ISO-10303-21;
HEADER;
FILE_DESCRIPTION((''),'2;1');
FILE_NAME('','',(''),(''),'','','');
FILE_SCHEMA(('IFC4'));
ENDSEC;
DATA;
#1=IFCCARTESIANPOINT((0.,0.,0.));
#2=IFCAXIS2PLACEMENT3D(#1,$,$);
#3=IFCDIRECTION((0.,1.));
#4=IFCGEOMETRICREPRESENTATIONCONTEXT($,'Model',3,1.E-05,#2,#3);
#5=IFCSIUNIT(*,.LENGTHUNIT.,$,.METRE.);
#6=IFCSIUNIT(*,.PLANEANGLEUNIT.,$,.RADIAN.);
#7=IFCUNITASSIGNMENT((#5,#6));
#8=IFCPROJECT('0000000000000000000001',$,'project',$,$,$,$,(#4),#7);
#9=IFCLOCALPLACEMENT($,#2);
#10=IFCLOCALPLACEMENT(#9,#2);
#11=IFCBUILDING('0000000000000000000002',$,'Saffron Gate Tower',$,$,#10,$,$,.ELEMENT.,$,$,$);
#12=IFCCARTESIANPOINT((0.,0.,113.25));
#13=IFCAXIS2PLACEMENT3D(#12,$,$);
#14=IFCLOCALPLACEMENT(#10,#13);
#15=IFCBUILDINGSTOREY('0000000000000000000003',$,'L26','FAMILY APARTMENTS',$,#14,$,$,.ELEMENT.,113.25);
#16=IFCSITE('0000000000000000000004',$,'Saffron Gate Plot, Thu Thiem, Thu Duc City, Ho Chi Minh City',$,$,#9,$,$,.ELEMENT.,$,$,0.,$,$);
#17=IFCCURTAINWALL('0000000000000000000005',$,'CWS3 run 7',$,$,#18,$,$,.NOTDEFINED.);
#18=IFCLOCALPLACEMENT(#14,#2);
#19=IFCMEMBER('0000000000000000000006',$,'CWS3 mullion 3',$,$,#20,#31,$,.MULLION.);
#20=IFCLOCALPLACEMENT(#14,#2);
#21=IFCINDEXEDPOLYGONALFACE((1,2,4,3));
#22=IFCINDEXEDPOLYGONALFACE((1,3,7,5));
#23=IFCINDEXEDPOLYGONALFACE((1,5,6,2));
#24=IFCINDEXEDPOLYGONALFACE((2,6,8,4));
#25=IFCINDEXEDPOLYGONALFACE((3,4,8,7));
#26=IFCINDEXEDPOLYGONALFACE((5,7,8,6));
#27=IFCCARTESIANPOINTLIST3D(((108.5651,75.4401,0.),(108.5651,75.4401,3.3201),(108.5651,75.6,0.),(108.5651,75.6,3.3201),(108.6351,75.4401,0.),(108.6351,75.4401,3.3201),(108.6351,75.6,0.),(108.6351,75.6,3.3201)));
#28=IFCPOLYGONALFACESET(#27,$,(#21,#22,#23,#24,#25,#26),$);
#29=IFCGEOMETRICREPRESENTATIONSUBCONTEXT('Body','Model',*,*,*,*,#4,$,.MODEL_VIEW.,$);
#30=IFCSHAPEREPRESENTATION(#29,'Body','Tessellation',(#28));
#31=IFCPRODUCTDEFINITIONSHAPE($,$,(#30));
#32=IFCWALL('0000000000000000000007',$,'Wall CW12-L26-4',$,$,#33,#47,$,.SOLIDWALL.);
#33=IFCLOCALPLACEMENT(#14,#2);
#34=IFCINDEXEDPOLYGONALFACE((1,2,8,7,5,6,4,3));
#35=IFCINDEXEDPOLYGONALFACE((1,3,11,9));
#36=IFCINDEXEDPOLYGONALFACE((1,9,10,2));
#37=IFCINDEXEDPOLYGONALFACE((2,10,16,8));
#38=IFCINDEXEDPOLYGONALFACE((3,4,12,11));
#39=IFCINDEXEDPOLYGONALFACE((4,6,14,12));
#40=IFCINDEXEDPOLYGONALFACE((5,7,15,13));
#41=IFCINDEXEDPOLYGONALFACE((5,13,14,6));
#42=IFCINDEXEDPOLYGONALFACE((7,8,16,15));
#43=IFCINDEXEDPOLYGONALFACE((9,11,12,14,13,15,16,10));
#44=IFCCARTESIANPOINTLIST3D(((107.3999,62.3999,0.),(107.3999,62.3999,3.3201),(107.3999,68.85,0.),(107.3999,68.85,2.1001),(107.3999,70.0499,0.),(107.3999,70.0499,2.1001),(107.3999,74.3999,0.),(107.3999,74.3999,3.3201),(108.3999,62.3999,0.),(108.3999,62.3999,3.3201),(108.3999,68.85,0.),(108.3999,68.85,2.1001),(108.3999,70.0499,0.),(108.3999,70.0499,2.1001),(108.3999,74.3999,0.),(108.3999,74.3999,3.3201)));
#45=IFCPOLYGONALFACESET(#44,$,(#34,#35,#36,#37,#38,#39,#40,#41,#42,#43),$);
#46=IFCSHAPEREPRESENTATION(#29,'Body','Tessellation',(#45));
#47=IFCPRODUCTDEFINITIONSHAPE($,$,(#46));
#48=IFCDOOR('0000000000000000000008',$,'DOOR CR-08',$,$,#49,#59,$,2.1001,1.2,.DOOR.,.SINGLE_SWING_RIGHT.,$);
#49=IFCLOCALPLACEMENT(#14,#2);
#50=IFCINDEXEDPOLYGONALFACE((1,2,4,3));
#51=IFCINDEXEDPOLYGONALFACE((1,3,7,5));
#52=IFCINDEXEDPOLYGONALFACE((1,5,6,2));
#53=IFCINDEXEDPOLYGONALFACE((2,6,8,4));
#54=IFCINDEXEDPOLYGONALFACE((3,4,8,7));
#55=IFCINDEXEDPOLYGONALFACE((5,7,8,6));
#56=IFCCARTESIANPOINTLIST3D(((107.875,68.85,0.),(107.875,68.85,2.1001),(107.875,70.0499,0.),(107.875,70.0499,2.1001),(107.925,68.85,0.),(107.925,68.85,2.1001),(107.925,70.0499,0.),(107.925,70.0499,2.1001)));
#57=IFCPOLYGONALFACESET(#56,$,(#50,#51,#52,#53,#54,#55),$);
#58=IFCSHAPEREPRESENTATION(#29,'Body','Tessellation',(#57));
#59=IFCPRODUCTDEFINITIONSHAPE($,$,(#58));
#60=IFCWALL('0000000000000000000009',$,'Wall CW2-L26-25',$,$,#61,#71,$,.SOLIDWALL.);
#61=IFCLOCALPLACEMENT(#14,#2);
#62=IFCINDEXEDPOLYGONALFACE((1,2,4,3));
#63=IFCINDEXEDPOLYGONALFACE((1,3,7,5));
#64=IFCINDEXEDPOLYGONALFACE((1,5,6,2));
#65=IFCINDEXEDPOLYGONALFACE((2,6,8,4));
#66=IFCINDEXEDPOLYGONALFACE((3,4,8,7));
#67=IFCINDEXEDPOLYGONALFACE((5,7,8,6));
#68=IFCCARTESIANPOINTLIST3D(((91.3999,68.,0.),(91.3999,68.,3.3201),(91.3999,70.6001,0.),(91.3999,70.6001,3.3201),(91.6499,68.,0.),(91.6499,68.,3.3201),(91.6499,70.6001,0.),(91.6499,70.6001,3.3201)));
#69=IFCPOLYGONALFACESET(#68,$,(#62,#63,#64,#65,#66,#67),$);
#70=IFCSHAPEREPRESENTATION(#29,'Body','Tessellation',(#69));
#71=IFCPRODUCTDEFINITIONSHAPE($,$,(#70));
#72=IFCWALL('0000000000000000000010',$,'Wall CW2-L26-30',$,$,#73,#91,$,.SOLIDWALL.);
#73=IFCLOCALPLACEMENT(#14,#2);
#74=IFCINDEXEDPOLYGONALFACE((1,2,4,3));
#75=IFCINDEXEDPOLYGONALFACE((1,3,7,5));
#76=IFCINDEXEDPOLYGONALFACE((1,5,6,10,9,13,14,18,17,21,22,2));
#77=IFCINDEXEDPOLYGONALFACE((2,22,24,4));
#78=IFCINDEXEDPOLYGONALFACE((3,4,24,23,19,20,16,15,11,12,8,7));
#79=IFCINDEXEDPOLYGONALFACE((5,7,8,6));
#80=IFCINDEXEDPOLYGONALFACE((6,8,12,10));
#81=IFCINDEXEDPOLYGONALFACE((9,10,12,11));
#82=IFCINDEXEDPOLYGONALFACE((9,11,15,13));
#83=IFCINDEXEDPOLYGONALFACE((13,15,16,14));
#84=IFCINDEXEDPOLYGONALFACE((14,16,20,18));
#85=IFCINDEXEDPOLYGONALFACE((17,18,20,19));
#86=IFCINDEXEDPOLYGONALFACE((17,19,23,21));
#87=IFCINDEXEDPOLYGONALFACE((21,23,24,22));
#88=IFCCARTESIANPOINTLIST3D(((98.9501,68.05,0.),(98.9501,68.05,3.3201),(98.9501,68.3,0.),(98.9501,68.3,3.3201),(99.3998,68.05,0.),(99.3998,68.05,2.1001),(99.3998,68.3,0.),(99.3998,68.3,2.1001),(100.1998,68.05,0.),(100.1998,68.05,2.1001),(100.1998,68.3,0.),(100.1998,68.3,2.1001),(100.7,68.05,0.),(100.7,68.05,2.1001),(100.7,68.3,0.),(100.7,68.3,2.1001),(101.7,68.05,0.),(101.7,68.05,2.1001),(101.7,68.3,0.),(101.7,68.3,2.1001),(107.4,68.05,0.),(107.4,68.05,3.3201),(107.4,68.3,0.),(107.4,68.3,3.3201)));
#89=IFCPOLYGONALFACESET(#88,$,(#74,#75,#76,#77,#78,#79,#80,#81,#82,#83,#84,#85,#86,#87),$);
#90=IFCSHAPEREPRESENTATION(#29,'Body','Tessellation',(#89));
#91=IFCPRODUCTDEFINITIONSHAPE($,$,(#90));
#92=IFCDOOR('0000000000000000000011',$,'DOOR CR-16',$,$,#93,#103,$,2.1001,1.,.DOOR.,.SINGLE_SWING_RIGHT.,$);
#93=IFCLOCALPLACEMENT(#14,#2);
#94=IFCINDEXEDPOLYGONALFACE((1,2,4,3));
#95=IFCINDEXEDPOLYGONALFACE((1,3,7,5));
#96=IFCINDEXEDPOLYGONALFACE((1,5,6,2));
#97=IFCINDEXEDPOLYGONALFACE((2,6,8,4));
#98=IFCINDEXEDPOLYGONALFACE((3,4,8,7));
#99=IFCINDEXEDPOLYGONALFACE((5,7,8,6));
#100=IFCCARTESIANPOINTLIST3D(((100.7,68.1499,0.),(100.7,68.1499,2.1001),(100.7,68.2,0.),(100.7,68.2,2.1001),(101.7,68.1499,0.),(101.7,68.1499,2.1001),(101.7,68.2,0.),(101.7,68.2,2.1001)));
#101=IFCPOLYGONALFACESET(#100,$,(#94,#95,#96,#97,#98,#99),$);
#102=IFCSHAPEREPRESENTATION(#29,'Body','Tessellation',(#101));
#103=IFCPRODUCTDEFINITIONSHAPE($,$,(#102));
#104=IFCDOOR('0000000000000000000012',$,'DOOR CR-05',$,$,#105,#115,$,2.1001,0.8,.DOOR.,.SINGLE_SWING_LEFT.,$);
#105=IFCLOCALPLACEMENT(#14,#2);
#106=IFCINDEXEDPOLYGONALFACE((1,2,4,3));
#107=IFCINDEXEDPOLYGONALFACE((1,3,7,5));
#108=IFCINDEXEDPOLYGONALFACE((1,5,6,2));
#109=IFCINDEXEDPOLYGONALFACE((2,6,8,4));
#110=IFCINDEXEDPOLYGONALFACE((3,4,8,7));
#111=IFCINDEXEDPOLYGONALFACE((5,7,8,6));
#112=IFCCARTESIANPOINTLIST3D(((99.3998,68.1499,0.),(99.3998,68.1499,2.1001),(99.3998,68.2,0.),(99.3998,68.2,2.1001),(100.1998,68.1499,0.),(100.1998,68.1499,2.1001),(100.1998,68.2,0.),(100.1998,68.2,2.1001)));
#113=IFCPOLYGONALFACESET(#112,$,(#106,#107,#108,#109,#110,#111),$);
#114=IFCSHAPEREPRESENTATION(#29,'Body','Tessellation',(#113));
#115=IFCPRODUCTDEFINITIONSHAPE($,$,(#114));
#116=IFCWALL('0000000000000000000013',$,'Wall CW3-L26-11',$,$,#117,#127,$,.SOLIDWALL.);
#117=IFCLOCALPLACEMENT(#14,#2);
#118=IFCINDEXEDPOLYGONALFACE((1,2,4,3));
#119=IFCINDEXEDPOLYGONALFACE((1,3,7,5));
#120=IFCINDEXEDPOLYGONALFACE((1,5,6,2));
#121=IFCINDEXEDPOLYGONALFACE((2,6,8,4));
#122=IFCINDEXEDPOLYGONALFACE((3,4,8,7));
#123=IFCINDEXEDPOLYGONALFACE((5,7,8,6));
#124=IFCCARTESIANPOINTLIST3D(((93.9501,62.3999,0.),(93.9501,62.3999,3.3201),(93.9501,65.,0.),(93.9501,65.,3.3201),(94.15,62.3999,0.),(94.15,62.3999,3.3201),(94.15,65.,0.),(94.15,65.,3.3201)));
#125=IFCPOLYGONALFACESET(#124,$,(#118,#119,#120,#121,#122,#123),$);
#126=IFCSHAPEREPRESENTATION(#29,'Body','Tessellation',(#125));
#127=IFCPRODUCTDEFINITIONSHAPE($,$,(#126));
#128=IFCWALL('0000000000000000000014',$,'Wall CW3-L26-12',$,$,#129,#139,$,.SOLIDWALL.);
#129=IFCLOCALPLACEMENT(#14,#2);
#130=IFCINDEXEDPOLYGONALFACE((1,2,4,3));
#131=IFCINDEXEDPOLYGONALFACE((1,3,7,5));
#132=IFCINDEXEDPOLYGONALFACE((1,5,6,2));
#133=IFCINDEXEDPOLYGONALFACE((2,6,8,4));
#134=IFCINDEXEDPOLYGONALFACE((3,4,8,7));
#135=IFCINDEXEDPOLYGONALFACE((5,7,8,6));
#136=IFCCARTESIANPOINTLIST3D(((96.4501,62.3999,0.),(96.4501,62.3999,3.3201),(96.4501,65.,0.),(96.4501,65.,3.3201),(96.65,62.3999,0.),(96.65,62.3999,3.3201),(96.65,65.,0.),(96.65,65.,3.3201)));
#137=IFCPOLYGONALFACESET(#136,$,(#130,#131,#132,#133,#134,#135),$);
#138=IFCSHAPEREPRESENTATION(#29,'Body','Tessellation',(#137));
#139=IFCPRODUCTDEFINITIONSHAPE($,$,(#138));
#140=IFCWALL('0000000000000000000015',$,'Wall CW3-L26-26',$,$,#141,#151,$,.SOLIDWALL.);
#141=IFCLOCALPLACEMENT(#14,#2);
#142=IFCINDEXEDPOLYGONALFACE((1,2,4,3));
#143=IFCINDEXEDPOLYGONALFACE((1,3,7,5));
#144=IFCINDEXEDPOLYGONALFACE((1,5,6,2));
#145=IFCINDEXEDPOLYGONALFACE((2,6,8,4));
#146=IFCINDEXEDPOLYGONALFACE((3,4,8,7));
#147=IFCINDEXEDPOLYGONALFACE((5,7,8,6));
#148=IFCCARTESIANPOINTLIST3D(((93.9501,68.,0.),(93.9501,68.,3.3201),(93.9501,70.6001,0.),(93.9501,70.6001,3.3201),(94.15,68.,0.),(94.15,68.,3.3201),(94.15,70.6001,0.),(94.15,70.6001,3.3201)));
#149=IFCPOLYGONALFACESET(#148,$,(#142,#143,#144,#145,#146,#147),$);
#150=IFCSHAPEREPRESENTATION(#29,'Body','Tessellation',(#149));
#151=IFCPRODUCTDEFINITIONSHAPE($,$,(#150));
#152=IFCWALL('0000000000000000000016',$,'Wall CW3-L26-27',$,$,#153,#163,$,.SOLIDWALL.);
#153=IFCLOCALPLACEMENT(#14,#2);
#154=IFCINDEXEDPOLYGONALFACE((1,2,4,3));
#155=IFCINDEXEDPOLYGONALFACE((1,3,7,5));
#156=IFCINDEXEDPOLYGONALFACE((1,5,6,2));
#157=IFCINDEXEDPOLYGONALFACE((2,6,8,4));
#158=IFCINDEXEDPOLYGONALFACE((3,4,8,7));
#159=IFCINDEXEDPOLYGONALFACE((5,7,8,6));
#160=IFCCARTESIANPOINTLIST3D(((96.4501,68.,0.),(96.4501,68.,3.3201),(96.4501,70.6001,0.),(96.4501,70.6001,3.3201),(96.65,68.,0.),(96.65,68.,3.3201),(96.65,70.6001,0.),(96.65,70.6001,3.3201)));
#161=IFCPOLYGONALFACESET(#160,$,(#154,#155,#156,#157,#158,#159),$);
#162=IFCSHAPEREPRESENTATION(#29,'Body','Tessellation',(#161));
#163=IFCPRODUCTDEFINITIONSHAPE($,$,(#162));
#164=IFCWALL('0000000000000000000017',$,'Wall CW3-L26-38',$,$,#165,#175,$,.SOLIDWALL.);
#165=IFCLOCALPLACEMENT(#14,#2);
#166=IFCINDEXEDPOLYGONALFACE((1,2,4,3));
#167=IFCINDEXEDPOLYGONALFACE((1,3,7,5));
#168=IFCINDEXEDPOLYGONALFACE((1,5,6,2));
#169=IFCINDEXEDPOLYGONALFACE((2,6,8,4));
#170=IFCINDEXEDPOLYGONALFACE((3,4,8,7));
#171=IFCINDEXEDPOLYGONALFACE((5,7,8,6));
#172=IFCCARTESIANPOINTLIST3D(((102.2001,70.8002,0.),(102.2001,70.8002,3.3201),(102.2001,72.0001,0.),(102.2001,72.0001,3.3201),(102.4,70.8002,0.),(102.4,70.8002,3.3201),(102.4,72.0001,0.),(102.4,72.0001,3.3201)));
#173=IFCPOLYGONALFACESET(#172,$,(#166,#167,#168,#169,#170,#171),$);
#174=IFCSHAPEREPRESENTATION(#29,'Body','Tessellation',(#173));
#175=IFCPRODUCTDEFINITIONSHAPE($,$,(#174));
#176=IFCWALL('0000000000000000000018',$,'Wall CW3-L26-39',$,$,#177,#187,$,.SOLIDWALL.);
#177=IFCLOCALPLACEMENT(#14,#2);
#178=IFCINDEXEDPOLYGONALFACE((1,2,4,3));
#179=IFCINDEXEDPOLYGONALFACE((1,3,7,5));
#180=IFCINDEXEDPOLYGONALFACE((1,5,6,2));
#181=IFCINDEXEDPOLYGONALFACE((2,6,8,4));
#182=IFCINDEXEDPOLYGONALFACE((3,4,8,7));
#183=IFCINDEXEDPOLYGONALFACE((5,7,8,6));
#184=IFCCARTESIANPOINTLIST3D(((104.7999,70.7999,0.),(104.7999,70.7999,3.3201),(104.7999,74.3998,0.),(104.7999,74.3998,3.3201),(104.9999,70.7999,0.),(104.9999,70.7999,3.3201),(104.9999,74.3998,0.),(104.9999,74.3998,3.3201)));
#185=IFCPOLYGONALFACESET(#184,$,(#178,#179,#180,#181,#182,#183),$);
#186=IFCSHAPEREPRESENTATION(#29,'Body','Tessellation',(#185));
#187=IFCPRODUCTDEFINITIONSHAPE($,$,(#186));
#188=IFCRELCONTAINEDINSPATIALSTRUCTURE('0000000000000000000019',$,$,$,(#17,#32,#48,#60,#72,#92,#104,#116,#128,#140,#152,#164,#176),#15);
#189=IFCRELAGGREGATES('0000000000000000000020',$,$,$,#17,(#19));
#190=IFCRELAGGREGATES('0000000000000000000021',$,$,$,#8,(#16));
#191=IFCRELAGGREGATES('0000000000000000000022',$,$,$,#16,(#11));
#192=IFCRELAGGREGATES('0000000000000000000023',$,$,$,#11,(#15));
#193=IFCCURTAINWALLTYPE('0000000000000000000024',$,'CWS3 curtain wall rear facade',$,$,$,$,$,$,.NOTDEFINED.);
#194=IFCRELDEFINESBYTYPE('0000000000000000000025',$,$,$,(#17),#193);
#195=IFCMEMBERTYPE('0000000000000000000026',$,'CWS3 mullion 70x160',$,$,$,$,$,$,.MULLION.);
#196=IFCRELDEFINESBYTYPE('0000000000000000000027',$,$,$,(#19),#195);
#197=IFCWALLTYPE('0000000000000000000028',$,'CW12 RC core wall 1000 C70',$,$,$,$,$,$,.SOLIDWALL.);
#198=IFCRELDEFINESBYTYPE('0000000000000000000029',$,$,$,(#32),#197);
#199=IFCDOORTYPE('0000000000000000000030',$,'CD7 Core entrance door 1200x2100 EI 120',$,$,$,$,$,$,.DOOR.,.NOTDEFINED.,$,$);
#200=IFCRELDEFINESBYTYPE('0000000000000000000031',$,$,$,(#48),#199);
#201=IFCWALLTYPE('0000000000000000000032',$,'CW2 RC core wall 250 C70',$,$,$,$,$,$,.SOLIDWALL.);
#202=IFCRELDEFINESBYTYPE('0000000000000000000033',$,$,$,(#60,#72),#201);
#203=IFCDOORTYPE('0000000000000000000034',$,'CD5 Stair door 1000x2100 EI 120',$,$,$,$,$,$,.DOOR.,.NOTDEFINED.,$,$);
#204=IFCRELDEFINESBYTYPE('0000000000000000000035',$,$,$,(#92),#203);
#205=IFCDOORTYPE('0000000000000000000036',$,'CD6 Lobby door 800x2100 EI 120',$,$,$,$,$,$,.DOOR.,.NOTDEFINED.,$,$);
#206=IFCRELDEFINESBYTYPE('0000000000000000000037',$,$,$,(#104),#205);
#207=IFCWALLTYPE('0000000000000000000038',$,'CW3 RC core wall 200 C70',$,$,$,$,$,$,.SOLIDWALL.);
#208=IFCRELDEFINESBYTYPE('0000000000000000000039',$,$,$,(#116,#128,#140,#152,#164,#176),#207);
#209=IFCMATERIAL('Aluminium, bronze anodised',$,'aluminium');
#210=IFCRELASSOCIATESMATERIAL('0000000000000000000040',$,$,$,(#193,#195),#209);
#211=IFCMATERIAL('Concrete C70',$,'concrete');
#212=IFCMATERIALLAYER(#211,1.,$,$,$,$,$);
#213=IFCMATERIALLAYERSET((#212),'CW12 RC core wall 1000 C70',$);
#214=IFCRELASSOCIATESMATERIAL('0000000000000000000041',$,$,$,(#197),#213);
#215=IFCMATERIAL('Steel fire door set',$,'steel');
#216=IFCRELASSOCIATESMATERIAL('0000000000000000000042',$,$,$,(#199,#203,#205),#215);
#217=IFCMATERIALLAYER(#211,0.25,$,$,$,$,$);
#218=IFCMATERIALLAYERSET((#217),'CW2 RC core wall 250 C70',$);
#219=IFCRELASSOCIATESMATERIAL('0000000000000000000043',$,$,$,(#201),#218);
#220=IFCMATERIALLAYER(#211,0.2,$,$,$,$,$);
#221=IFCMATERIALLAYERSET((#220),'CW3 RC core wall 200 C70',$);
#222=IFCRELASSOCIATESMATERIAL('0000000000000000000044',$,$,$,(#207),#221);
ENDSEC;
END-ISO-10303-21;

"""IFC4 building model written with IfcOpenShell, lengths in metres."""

from ifc_helpers import new_model, si_unit, direction, frame, frame_2d, origin, origin_2d, place, context, subcontext, project, spatial, rectangle, extrude, material, layer, layer_set, material_profile, profile_set, type_object, element, fill, aggregate, save


model = new_model("IFC4")

# Units and contexts
model_context = context("Model", 3, precision=1e-05, world=origin(), true_north=direction((0.0, 1.0)))
body_context = subcontext(model_context, "Body", "Model", "MODEL_VIEW")
ifc_project = project(units=[si_unit("LENGTHUNIT", "METRE"), si_unit("PLANEANGLEUNIT", "RADIAN")], contexts=[model_context])

# Site, building, storey
site_placement = place(None, origin())
site = spatial("IfcSite", under=ifc_project, at=site_placement, Name="Saffron Gate Plot, Thu Thiem, Thu Duc City, Ho Chi Minh City", CompositionType="ELEMENT", RefElevation=0.0)
building_placement = place(site_placement, origin())
building = spatial("IfcBuilding", under=site, at=building_placement, Name="Saffron Gate Tower", CompositionType="ELEMENT")
storey_placement = place(building_placement, frame((0.0, 0.0, 113.25)))
storey = spatial("IfcBuildingStorey", under=building, at=storey_placement, Name="L26", Description="FAMILY APARTMENTS", CompositionType="ELEMENT", Elevation=113.25)

# Curtain wall, member
ifc_material_1 = material(Name="Aluminium, bronze anodised", Category="aluminium")
curtain_wall_type = type_object("IfcCurtainWallType", Name="CWS3 curtain wall rear facade", PredefinedType="NOTDEFINED", material=ifc_material_1)
curtain_wall_placement = place(storey_placement, origin())
curtain_wall = element("IfcCurtainWall", 1, at=curtain_wall_placement, inside=storey, type_object=curtain_wall_type, Name="CWS3 run 7", PredefinedType="NOTDEFINED")
ifc_material_profile = material_profile(ifc_material_1, rectangle(XDim=0.1599, YDim=0.0701, at=origin_2d()))
ifc_profile_set = profile_set([ifc_material_profile], Name="Aluminium, bronze anodised")
member_type = type_object("IfcMemberType", Name="CWS3 mullion 70x160", PredefinedType="MULLION", material=ifc_profile_set)
member_placement = place(storey_placement, frame((108.6001, 75.52, 0.0), z_axis=(0.0, 0.0, 1.0), x_axis=(0.0, -1.0, 0.0)))
member = element("IfcMember", 2, at=member_placement, type_object=member_type, Name="CWS3 mullion 3", PredefinedType="MULLION", context=body_context, shape_type="SweptSolid", body=[
    extrude(rectangle(XDim=0.1599, YDim=0.0701, at=origin_2d()), origin(), (0.0, 0.0, 1.0), 3.3201),
])
aggregate(curtain_wall, [member])

# Wall, opening, door
ifc_material_2 = material(Name="Concrete C70", Category="concrete")
ifc_layer_1 = layer(ifc_material_2, 1.0)
ifc_layer_set_1 = layer_set([ifc_layer_1], Name="CW12 RC core wall 1000 C70")
wall_type_1 = type_object("IfcWallType", Name="CW12 RC core wall 1000 C70", PredefinedType="SOLIDWALL", material=ifc_layer_set_1)
wall_1_placement = place(storey_placement, frame((107.8999, 62.3999, 0.0), z_axis=(0.0, 0.0, 1.0), x_axis=(0.0, 1.0, 0.0)))
wall_1 = element("IfcWall", 3, at=wall_1_placement, inside=storey, type_object=wall_type_1, Name="Wall CW12-L26-4", PredefinedType="SOLIDWALL", context=body_context, shape_type="SweptSolid", body=[
    extrude(rectangle(XDim=12.0, YDim=1.0, at=frame_2d((6.0, 0.0))), origin(), (0.0, 0.0, 1.0), 3.3201),
])
opening_1_placement = place(wall_1_placement, frame((6.45, 0.0, 0.0)))
opening_1 = element("IfcOpeningElement", 4, at=opening_1_placement, cuts=wall_1, PredefinedType="OPENING", context=body_context, shape_type="SweptSolid", body=[
    extrude(rectangle(XDim=1.2, YDim=2.1001, at=frame_2d((0.6001, 1.05))), frame((0.0, 0.51, 0.0), z_axis=(0.0, -1.0, 0.0), x_axis=(1.0, 0.0, 0.0)), (0.0, 0.0, 1.0), 1.02),
])
ifc_material_3 = material(Name="Steel fire door set", Category="steel")
door_type_1 = type_object("IfcDoorType", Name="CD7 Core entrance door 1200x2100 EI 120", OperationType="NOTDEFINED", PredefinedType="DOOR", material=ifc_material_3)
door_1_placement = place(opening_1_placement, origin())
door_1 = element("IfcDoor", 5, at=door_1_placement, inside=storey, type_object=door_type_1, Name="DOOR CR-08", OperationType="SINGLE_SWING_RIGHT", OverallHeight=2.1001, OverallWidth=1.2, PredefinedType="DOOR", context=body_context, shape_type="SweptSolid", body=[
    extrude(rectangle(XDim=1.2, YDim=2.1001, at=frame_2d((0.6001, 1.05))), frame((0.0, 0.0249, 0.0), z_axis=(0.0, -1.0, 0.0), x_axis=(1.0, 0.0, 0.0)), (0.0, 0.0, 1.0), 0.05),
])
fill(opening_1, door_1)

# Wall
ifc_layer_2 = layer(ifc_material_2, 0.25)
ifc_layer_set_2 = layer_set([ifc_layer_2], Name="CW2 RC core wall 250 C70")
wall_type_2 = type_object("IfcWallType", Name="CW2 RC core wall 250 C70", PredefinedType="SOLIDWALL", material=ifc_layer_set_2)
wall_2_placement = place(storey_placement, frame((91.5249, 68.0, 0.0), z_axis=(0.0, 0.0, 1.0), x_axis=(0.0, 1.0, 0.0)))
element("IfcWall", 6, at=wall_2_placement, inside=storey, type_object=wall_type_2, Name="Wall CW2-L26-25", PredefinedType="SOLIDWALL", context=body_context, shape_type="SweptSolid", body=[
    extrude(rectangle(XDim=2.6001, YDim=0.25, at=frame_2d((1.3, 0.0))), origin(), (0.0, 0.0, 1.0), 3.3201),
])

# Wall, openings, doors
wall_3_placement = place(storey_placement, frame((98.95, 68.175, 0.0), z_axis=(0.0, 0.0, 1.0), x_axis=(1.0, 0.0, 0.0)))
wall_3 = element("IfcWall", 7, at=wall_3_placement, inside=storey, type_object=wall_type_2, Name="Wall CW2-L26-30", PredefinedType="SOLIDWALL", context=body_context, shape_type="SweptSolid", body=[
    extrude(rectangle(XDim=8.45, YDim=0.25, at=frame_2d((4.2251, 0.0))), origin(), (0.0, 0.0, 1.0), 3.3201),
])
opening_2_placement = place(wall_3_placement, frame((0.45, 0.0, 0.0)))
opening_2 = element("IfcOpeningElement", 8, at=opening_2_placement, cuts=wall_3, PredefinedType="OPENING", context=body_context, shape_type="SweptSolid", body=[
    extrude(rectangle(XDim=0.8, YDim=2.1001, at=frame_2d((0.3999, 1.05))), frame((0.0, 0.135, 0.0), z_axis=(0.0, -1.0, 0.0), x_axis=(1.0, 0.0, 0.0)), (0.0, 0.0, 1.0), 0.27),
])
opening_3_placement = place(wall_3_placement, frame((1.75, 0.0, 0.0)))
opening_3 = element("IfcOpeningElement", 9, at=opening_3_placement, cuts=wall_3, PredefinedType="OPENING", context=body_context, shape_type="SweptSolid", body=[
    extrude(rectangle(XDim=1.0, YDim=2.1001, at=frame_2d((0.5, 1.05))), frame((0.0, 0.135, 0.0), z_axis=(0.0, -1.0, 0.0), x_axis=(1.0, 0.0, 0.0)), (0.0, 0.0, 1.0), 0.27),
])
door_type_2 = type_object("IfcDoorType", Name="CD5 Stair door 1000x2100 EI 120", OperationType="NOTDEFINED", PredefinedType="DOOR", material=ifc_material_3)
door_2_placement = place(opening_3_placement, origin())
door_2 = element("IfcDoor", 10, at=door_2_placement, inside=storey, type_object=door_type_2, Name="DOOR CR-16", OperationType="SINGLE_SWING_RIGHT", OverallHeight=2.1001, OverallWidth=1.0, PredefinedType="DOOR", context=body_context, shape_type="SweptSolid", body=[
    extrude(rectangle(XDim=1.0, YDim=2.1001, at=frame_2d((0.5, 1.05))), frame((0.0, 0.0249, 0.0), z_axis=(0.0, -1.0, 0.0), x_axis=(1.0, 0.0, 0.0)), (0.0, 0.0, 1.0), 0.05),
])
fill(opening_3, door_2)
door_type_3 = type_object("IfcDoorType", Name="CD6 Lobby door 800x2100 EI 120", OperationType="NOTDEFINED", PredefinedType="DOOR", material=ifc_material_3)
door_3_placement = place(opening_2_placement, origin())
door_3 = element("IfcDoor", 11, at=door_3_placement, inside=storey, type_object=door_type_3, Name="DOOR CR-05", OperationType="SINGLE_SWING_LEFT", OverallHeight=2.1001, OverallWidth=0.8, PredefinedType="DOOR", context=body_context, shape_type="SweptSolid", body=[
    extrude(rectangle(XDim=0.8, YDim=2.1001, at=frame_2d((0.3999, 1.05))), frame((0.0, 0.0249, 0.0), z_axis=(0.0, -1.0, 0.0), x_axis=(1.0, 0.0, 0.0)), (0.0, 0.0, 1.0), 0.05),
])
fill(opening_2, door_3)

# Walls
ifc_layer_3 = layer(ifc_material_2, 0.2)
ifc_layer_set_3 = layer_set([ifc_layer_3], Name="CW3 RC core wall 200 C70")
wall_type_3 = type_object("IfcWallType", Name="CW3 RC core wall 200 C70", PredefinedType="SOLIDWALL", material=ifc_layer_set_3)
for number, where, z_axis, x_axis, name in (
    (12, (94.05, 62.3999, 0.0), (0.0, 0.0, 1.0), (0.0, 1.0, 0.0), "Wall CW3-L26-11"),
    (13, (96.55, 62.3999, 0.0), (0.0, 0.0, 1.0), (0.0, 1.0, 0.0), "Wall CW3-L26-12"),
    (14, (94.05, 68.0, 0.0), (0.0, 0.0, 1.0), (0.0, 1.0, 0.0), "Wall CW3-L26-26"),
    (15, (96.55, 68.0, 0.0), (0.0, 0.0, 1.0), (0.0, 1.0, 0.0), "Wall CW3-L26-27"),
):
    element("IfcWall", number, at=place(storey_placement, frame(where, z_axis=z_axis, x_axis=x_axis)), inside=storey, type_object=wall_type_3, Name=name, PredefinedType="SOLIDWALL", context=body_context, shape_type="SweptSolid", body=[
        extrude(rectangle(XDim=2.6001, YDim=0.2, at=frame_2d((1.3, 0.0))), origin(), (0.0, 0.0, 1.0), 3.3201),
    ])
wall_4_placement = place(storey_placement, frame((102.3, 70.8, 0.0), z_axis=(0.0, 0.0, 1.0), x_axis=(0.0, 1.0, 0.0)))
element("IfcWall", 16, at=wall_4_placement, inside=storey, type_object=wall_type_3, Name="Wall CW3-L26-38", PredefinedType="SOLIDWALL", context=body_context, shape_type="SweptSolid", body=[
    extrude(rectangle(XDim=1.2, YDim=0.2, at=frame_2d((0.6001, 0.0))), origin(), (0.0, 0.0, 1.0), 3.3201),
])
wall_5_placement = place(storey_placement, frame((104.8999, 70.8, 0.0), z_axis=(0.0, 0.0, 1.0), x_axis=(0.0, 1.0, 0.0)))
element("IfcWall", 17, at=wall_5_placement, inside=storey, type_object=wall_type_3, Name="Wall CW3-L26-39", PredefinedType="SOLIDWALL", context=body_context, shape_type="SweptSolid", body=[
    extrude(rectangle(XDim=3.5999, YDim=0.2, at=frame_2d((1.7998, 0.0))), origin(), (0.0, 0.0, 1.0), 3.3201),
])

save(model, "model.ifc")
